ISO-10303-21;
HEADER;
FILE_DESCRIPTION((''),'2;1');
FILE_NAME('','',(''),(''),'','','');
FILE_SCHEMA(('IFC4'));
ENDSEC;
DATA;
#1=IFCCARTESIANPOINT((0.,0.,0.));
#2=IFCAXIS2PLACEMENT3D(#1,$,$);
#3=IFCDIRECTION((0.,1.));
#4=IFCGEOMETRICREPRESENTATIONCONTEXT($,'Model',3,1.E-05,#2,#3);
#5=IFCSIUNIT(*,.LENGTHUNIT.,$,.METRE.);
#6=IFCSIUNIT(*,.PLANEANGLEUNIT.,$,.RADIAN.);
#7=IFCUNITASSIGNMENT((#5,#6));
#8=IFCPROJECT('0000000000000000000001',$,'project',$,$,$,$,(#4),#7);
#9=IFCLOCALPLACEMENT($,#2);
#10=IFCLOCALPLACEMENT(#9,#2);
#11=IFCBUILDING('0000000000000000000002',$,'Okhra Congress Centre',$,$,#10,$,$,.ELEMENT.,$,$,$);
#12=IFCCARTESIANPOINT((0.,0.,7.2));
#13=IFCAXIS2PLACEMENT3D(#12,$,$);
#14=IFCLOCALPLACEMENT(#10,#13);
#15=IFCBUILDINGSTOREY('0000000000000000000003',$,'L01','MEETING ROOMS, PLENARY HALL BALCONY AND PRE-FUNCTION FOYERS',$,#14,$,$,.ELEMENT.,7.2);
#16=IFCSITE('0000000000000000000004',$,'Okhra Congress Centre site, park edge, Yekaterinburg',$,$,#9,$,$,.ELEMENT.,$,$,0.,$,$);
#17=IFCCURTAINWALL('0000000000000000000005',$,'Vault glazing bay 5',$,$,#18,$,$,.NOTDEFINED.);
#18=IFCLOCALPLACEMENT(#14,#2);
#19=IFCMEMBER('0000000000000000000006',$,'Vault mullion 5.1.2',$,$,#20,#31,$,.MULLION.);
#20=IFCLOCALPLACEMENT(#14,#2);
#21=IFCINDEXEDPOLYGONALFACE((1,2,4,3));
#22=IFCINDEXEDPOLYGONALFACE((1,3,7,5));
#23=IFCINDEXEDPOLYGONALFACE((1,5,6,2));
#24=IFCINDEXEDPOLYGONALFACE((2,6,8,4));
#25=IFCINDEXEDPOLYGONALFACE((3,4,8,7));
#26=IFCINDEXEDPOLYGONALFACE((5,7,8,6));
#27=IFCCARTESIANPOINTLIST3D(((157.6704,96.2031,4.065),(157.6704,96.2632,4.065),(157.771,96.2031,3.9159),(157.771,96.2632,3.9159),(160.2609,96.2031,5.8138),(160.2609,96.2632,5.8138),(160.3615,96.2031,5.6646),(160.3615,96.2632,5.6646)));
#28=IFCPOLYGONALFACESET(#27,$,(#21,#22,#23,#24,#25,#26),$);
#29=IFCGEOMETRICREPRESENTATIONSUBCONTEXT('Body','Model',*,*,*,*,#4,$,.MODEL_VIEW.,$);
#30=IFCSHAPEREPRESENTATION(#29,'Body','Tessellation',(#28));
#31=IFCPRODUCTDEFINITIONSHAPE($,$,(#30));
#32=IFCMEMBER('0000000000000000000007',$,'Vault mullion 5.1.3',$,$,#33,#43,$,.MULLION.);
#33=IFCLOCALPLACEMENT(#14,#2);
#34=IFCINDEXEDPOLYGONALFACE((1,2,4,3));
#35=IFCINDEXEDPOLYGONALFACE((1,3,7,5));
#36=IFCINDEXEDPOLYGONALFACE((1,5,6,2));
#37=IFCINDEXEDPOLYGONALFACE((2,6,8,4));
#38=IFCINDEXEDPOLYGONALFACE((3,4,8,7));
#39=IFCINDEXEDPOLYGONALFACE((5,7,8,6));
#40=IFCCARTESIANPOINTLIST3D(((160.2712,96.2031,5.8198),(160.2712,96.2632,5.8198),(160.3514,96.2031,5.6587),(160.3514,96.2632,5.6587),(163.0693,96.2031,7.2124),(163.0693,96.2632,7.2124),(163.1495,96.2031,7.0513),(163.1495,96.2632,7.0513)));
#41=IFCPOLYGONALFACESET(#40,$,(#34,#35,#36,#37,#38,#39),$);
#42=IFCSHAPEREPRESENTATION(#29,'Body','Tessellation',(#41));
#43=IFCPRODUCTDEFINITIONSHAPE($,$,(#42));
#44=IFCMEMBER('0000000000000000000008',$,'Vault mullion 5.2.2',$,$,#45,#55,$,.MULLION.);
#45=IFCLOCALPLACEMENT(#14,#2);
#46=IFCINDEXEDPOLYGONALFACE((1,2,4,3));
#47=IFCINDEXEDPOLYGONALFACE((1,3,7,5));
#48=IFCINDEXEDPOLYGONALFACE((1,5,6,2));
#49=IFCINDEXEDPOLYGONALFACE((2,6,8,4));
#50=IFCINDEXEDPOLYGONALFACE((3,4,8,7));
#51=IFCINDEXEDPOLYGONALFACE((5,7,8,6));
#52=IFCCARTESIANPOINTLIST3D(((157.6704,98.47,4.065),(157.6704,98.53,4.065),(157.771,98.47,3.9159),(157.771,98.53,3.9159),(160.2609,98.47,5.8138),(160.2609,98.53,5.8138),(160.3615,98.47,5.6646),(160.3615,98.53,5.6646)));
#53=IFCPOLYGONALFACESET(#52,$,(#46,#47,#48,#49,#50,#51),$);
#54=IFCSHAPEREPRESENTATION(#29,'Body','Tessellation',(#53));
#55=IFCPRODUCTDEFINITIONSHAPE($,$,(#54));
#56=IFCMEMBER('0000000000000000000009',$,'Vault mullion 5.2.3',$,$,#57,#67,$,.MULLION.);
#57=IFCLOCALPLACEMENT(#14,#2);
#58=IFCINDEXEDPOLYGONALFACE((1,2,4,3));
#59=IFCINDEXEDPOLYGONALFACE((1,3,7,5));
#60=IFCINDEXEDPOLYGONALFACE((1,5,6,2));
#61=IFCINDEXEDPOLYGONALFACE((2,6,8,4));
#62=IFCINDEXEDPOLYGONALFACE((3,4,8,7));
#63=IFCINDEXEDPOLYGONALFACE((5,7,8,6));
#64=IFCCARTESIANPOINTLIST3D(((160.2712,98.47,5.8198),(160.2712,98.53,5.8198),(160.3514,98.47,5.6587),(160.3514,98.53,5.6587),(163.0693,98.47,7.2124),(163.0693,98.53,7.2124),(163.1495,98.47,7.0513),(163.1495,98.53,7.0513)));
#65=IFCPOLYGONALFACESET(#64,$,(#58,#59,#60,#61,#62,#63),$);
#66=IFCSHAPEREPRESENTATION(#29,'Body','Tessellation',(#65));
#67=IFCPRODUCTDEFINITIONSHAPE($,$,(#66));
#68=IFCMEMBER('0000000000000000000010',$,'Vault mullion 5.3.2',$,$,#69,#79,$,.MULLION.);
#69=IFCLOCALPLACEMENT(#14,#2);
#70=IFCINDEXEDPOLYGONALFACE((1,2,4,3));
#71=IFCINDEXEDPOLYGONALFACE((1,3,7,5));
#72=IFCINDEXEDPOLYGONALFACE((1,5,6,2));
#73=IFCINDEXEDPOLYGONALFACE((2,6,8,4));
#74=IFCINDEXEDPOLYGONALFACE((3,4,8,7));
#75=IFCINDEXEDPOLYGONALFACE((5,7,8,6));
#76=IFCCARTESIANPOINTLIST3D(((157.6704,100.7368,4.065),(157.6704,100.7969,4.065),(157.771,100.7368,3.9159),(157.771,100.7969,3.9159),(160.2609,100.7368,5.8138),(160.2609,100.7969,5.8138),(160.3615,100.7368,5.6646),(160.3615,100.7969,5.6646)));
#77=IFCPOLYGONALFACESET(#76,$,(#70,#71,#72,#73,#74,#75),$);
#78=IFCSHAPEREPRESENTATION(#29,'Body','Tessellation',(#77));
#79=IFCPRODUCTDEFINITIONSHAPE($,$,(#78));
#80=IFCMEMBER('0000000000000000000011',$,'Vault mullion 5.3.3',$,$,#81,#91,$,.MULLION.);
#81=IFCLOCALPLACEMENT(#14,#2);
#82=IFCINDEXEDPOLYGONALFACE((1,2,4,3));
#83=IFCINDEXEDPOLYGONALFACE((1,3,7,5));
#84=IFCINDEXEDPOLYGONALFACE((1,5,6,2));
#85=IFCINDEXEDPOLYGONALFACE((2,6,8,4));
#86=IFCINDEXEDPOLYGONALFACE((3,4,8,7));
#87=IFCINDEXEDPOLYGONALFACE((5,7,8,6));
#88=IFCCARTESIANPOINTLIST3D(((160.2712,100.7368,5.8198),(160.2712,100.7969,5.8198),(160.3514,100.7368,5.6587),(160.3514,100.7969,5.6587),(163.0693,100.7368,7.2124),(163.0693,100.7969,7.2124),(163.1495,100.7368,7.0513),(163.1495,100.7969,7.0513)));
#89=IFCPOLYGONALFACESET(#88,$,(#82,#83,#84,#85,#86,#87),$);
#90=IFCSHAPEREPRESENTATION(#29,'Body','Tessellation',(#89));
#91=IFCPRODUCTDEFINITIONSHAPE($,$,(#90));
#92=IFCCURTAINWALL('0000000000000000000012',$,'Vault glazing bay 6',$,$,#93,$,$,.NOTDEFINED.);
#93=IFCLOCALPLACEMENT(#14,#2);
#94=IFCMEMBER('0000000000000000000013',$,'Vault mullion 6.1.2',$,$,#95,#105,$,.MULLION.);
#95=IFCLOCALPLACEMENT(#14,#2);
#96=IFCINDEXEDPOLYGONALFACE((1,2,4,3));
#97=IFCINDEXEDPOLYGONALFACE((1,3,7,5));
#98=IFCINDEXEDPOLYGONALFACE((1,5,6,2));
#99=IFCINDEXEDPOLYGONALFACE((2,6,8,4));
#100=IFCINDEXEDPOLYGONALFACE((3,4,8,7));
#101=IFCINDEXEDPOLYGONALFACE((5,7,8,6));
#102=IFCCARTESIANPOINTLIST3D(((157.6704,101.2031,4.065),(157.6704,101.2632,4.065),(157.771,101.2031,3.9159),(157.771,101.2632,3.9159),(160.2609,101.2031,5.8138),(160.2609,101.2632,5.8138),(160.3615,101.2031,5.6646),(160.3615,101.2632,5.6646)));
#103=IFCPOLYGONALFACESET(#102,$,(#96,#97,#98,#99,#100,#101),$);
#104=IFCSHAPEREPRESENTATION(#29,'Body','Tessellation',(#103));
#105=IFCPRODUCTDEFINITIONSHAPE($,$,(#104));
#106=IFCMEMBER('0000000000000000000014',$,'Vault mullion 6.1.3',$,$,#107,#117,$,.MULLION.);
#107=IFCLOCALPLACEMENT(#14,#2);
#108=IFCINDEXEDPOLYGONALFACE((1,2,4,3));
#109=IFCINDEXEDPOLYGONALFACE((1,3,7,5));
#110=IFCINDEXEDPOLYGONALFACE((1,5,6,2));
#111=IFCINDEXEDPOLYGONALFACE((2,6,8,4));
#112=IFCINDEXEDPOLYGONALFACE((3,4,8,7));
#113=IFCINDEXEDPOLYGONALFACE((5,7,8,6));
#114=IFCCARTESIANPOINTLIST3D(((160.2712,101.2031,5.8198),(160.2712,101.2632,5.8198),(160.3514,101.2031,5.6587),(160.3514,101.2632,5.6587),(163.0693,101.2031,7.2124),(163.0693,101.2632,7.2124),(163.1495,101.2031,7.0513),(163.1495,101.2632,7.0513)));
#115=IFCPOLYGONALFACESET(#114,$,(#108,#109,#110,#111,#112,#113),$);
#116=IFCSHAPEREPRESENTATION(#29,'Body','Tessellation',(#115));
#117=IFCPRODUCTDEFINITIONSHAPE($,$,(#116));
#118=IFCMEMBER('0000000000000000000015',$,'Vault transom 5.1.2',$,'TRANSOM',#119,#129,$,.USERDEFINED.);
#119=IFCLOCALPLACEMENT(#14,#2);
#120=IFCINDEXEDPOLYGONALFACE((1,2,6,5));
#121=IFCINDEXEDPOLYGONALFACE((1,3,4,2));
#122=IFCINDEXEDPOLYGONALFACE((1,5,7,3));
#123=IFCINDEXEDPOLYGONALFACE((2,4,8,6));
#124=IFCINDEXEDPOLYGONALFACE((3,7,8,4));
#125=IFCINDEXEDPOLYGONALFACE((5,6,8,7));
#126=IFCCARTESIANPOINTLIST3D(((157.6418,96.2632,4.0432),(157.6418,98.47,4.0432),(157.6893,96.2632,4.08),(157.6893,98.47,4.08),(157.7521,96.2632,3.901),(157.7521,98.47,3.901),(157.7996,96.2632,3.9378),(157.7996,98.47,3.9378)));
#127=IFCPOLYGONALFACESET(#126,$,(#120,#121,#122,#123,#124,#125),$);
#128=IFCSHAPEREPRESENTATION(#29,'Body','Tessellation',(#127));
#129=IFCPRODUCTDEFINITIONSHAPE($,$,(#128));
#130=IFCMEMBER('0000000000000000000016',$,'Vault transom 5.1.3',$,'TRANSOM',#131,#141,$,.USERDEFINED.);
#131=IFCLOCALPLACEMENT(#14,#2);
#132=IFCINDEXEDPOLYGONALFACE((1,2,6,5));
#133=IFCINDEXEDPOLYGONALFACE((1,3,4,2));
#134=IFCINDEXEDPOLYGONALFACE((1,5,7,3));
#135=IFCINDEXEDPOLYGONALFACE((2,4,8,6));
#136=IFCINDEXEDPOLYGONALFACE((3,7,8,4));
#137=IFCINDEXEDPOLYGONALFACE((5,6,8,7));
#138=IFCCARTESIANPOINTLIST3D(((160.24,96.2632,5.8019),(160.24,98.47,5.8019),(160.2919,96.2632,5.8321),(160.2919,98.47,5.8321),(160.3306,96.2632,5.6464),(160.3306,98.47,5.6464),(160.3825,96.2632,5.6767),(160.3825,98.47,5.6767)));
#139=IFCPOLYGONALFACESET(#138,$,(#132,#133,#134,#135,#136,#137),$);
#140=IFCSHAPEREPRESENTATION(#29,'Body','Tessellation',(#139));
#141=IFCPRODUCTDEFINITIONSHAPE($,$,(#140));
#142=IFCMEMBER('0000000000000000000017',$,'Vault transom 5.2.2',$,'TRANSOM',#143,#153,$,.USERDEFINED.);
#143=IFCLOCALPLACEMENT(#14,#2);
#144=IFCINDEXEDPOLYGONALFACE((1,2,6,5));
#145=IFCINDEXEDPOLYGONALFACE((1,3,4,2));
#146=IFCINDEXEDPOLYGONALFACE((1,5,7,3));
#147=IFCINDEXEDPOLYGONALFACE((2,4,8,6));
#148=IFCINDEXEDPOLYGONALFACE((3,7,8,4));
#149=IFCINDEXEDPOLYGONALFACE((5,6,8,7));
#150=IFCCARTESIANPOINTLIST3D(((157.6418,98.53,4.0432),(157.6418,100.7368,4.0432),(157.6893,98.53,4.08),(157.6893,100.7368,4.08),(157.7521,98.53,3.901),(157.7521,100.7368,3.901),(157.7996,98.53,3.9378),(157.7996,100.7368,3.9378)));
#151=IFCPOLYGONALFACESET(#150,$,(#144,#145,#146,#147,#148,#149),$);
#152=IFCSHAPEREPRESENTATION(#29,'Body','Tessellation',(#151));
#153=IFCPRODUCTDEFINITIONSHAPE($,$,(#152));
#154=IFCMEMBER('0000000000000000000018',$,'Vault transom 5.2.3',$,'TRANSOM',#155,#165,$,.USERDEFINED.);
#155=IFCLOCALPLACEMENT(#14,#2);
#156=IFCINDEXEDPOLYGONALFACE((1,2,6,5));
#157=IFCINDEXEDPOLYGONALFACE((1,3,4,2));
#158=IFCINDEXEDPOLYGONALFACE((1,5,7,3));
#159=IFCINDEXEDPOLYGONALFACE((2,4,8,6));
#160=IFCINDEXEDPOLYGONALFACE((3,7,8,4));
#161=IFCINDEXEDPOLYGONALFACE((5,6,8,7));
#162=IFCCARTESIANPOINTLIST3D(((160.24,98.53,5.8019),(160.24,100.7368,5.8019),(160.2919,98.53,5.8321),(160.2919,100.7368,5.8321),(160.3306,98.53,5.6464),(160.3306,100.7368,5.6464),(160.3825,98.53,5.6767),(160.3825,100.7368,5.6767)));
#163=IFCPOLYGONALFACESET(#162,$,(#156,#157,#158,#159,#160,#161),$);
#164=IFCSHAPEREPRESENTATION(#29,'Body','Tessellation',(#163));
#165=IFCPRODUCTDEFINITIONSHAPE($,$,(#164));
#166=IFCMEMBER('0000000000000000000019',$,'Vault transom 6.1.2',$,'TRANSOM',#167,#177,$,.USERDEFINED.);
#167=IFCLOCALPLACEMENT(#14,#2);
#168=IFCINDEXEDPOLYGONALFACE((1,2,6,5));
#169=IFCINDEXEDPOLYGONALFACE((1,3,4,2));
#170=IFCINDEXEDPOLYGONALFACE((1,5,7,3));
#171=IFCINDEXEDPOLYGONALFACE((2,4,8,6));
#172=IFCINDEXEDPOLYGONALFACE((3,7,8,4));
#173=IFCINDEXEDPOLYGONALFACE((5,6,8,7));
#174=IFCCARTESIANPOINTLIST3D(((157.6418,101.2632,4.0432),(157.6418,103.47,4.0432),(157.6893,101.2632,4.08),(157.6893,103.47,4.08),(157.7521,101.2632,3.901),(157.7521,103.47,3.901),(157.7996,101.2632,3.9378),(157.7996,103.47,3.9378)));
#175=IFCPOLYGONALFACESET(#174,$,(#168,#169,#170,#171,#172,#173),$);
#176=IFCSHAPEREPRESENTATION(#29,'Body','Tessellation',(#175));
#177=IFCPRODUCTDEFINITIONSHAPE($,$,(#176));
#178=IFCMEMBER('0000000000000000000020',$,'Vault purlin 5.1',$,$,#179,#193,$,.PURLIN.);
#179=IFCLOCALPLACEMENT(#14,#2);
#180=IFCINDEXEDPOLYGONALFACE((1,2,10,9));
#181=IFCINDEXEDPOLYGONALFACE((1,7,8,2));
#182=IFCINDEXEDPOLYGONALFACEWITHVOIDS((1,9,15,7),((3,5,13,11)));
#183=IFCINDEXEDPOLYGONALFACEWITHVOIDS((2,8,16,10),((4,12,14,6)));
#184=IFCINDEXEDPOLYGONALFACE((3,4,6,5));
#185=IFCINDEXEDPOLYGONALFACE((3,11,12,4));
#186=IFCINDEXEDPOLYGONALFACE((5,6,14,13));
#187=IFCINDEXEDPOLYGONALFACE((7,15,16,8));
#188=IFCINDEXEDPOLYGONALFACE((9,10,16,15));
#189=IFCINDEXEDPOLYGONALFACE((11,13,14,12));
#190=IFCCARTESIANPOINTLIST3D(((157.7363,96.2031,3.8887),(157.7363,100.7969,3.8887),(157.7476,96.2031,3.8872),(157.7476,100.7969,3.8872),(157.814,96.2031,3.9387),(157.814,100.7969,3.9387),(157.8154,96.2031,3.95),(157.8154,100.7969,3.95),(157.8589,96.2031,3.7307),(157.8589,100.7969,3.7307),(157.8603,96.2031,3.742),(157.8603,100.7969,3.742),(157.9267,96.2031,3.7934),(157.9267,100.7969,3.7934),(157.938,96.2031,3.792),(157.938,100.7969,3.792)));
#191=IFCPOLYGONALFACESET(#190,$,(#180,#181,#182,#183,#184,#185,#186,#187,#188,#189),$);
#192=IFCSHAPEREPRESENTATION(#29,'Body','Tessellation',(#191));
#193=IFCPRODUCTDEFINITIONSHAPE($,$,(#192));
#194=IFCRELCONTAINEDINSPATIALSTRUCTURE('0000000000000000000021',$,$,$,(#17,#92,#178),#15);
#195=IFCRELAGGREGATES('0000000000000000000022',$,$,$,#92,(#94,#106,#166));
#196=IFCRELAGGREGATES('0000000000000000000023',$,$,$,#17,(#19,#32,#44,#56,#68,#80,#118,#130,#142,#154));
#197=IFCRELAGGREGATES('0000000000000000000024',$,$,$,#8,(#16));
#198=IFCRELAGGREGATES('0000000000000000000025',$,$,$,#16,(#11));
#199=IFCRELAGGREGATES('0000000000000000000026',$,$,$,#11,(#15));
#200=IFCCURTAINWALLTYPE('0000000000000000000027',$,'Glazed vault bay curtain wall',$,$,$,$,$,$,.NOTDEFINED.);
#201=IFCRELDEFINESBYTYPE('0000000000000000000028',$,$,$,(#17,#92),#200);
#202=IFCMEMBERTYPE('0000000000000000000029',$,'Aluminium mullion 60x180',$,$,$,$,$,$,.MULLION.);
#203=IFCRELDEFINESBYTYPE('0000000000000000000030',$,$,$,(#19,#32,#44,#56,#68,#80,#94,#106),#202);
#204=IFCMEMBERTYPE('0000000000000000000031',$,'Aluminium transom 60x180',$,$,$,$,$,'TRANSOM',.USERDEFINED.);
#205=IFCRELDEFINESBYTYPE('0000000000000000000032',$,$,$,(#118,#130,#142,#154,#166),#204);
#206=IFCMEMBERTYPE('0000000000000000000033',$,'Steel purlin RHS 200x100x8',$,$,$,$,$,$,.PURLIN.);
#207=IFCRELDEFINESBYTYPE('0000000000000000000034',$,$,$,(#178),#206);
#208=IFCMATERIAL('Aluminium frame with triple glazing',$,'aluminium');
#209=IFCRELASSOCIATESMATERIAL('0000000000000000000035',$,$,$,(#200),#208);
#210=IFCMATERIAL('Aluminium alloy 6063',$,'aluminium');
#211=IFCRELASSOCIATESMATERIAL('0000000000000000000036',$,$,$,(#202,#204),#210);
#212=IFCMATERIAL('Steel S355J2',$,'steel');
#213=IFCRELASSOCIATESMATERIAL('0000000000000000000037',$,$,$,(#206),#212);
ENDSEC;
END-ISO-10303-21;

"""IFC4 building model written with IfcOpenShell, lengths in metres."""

from ifc_helpers import new_model, si_unit, direction, frame, origin, origin_2d, place, context, subcontext, project, spatial, rectangle, hollow_rectangle, extrude, material, material_profile, profile_set, type_object, element, aggregate, save


model = new_model("IFC4")

# Units and contexts
model_context = context("Model", 3, precision=1e-05, world=origin(), true_north=direction((0.0, 1.0)))
body_context = subcontext(model_context, "Body", "Model", "MODEL_VIEW")
ifc_project = project(units=[si_unit("LENGTHUNIT", "METRE"), si_unit("PLANEANGLEUNIT", "RADIAN")], contexts=[model_context])

# Site, building, storey
site_placement = place(None, origin())
site = spatial("IfcSite", under=ifc_project, at=site_placement, Name="Okhra Congress Centre site, park edge, Yekaterinburg", CompositionType="ELEMENT", RefElevation=0.0)
building_placement = place(site_placement, origin())
building = spatial("IfcBuilding", under=site, at=building_placement, Name="Okhra Congress Centre", CompositionType="ELEMENT")
storey_placement = place(building_placement, frame((0.0, 0.0, 7.2)))
storey = spatial("IfcBuildingStorey", under=building, at=storey_placement, Name="L01", Description="MEETING ROOMS, PLENARY HALL BALCONY AND PRE-FUNCTION FOYERS", CompositionType="ELEMENT", Elevation=7.2)

# Curtain walls, members
ifc_material_1 = material(Name="Aluminium frame with triple glazing", Category="aluminium")
curtain_wall_type = type_object("IfcCurtainWallType", Name="Glazed vault bay curtain wall", PredefinedType="NOTDEFINED", material=ifc_material_1)
curtain_wall_1_placement = place(storey_placement, origin())
curtain_wall_1 = element("IfcCurtainWall", 1, at=curtain_wall_1_placement, inside=storey, type_object=curtain_wall_type, Name="Vault glazing bay 5", PredefinedType="NOTDEFINED")
ifc_material_2 = material(Name="Aluminium alloy 6063", Category="aluminium")
ifc_material_profile_1 = material_profile(ifc_material_2, rectangle(XDim=0.0601, YDim=0.1799, at=origin_2d()), Name="AL 60x180")
ifc_profile_set_1 = profile_set([ifc_material_profile_1], Name="Aluminium alloy 6063")
member_type_1 = type_object("IfcMemberType", Name="Aluminium mullion 60x180", PredefinedType="MULLION", material=ifc_profile_set_1)
member_1_placement = place(storey_placement, frame((157.7207, 96.2332, 3.9905), z_axis=(0.828828, 0.0, 0.559504), x_axis=(0.0, 1.0, 0.0)))
member_1 = element("IfcMember", 2, at=member_1_placement, type_object=member_type_1, Name="Vault mullion 5.1.2", PredefinedType="MULLION", context=body_context, shape_type="SweptSolid", body=[
    extrude(rectangle(XDim=0.0601, YDim=0.1799, at=origin_2d()), origin(), (0.0, 0.0, 1.0), 3.1255),
])
member_2_placement = place(storey_placement, frame((160.3113, 96.2332, 5.7393), z_axis=(0.895254, 0.0, 0.445557), x_axis=(0.0, 1.0, 0.0)))
member_2 = element("IfcMember", 3, at=member_2_placement, type_object=member_type_1, Name="Vault mullion 5.1.3", PredefinedType="MULLION", context=body_context, shape_type="SweptSolid", body=[
    extrude(rectangle(XDim=0.0601, YDim=0.1799, at=origin_2d()), origin(), (0.0, 0.0, 1.0), 3.1255),
])
member_3_placement = place(storey_placement, frame((157.7207, 98.5, 3.9905), z_axis=(0.828828, 0.0, 0.559504), x_axis=(0.0, 1.0, 0.0)))
member_3 = element("IfcMember", 4, at=member_3_placement, type_object=member_type_1, Name="Vault mullion 5.2.2", PredefinedType="MULLION", context=body_context, shape_type="SweptSolid", body=[
    extrude(rectangle(XDim=0.0601, YDim=0.1799, at=origin_2d()), origin(), (0.0, 0.0, 1.0), 3.1255),
])
member_4_placement = place(storey_placement, frame((160.3113, 98.5, 5.7393), z_axis=(0.895254, 0.0, 0.445557), x_axis=(0.0, 1.0, 0.0)))
member_4 = element("IfcMember", 5, at=member_4_placement, type_object=member_type_1, Name="Vault mullion 5.2.3", PredefinedType="MULLION", context=body_context, shape_type="SweptSolid", body=[
    extrude(rectangle(XDim=0.0601, YDim=0.1799, at=origin_2d()), origin(), (0.0, 0.0, 1.0), 3.1255),
])
member_5_placement = place(storey_placement, frame((157.7207, 100.7668, 3.9905), z_axis=(0.828828, 0.0, 0.559504), x_axis=(0.0, 1.0, 0.0)))
member_5 = element("IfcMember", 6, at=member_5_placement, type_object=member_type_1, Name="Vault mullion 5.3.2", PredefinedType="MULLION", context=body_context, shape_type="SweptSolid", body=[
    extrude(rectangle(XDim=0.0601, YDim=0.1799, at=origin_2d()), origin(), (0.0, 0.0, 1.0), 3.1255),
])
member_6_placement = place(storey_placement, frame((160.3113, 100.7668, 5.7393), z_axis=(0.895254, 0.0, 0.445557), x_axis=(0.0, 1.0, 0.0)))
member_6 = element("IfcMember", 7, at=member_6_placement, type_object=member_type_1, Name="Vault mullion 5.3.3", PredefinedType="MULLION", context=body_context, shape_type="SweptSolid", body=[
    extrude(rectangle(XDim=0.0601, YDim=0.1799, at=origin_2d()), origin(), (0.0, 0.0, 1.0), 3.1255),
])
curtain_wall_2_placement = place(storey_placement, origin())
curtain_wall_2 = element("IfcCurtainWall", 8, at=curtain_wall_2_placement, inside=storey, type_object=curtain_wall_type, Name="Vault glazing bay 6", PredefinedType="NOTDEFINED")
member_7_placement = place(storey_placement, frame((157.7207, 101.2332, 3.9905), z_axis=(0.828828, 0.0, 0.559504), x_axis=(0.0, 1.0, 0.0)))
member_7 = element("IfcMember", 9, at=member_7_placement, type_object=member_type_1, Name="Vault mullion 6.1.2", PredefinedType="MULLION", context=body_context, shape_type="SweptSolid", body=[
    extrude(rectangle(XDim=0.0601, YDim=0.1799, at=origin_2d()), origin(), (0.0, 0.0, 1.0), 3.1255),
])
member_8_placement = place(storey_placement, frame((160.3113, 101.2332, 5.7393), z_axis=(0.895254, 0.0, 0.445557), x_axis=(0.0, 1.0, 0.0)))
member_8 = element("IfcMember", 10, at=member_8_placement, type_object=member_type_1, Name="Vault mullion 6.1.3", PredefinedType="MULLION", context=body_context, shape_type="SweptSolid", body=[
    extrude(rectangle(XDim=0.0601, YDim=0.1799, at=origin_2d()), origin(), (0.0, 0.0, 1.0), 3.1255),
])

# Members
ifc_material_profile_2 = material_profile(ifc_material_2, rectangle(XDim=0.0601, YDim=0.1799, at=origin_2d()), Name="AL 60x180 transom")
ifc_profile_set_2 = profile_set([ifc_material_profile_2], Name="Aluminium alloy 6063")
member_type_2 = type_object("IfcMemberType", Name="Aluminium transom 60x180", ElementType="TRANSOM", PredefinedType="USERDEFINED", material=ifc_profile_set_2)
member_9_placement = place(storey_placement, frame((157.7207, 96.2632, 3.9905), z_axis=(0.0, 1.0, 0.0), x_axis=(-0.790145, 0.0, -0.61292)))
member_9 = element("IfcMember", 11, at=member_9_placement, type_object=member_type_2, Name="Vault transom 5.1.2", ObjectType="TRANSOM", PredefinedType="USERDEFINED", context=body_context, shape_type="SweptSolid", body=[
    extrude(rectangle(XDim=0.0601, YDim=0.1799, at=origin_2d()), origin(), (0.0, 0.0, 1.0), 2.2068),
])
member_10_placement = place(storey_placement, frame((160.3113, 96.2632, 5.7393), z_axis=(0.0, 1.0, 0.0), x_axis=(-0.863917, 0.0, -0.503634)))
member_10 = element("IfcMember", 12, at=member_10_placement, type_object=member_type_2, Name="Vault transom 5.1.3", ObjectType="TRANSOM", PredefinedType="USERDEFINED", context=body_context, shape_type="SweptSolid", body=[
    extrude(rectangle(XDim=0.0601, YDim=0.1799, at=origin_2d()), origin(), (0.0, 0.0, 1.0), 2.2068),
])
member_11_placement = place(storey_placement, frame((157.7207, 98.53, 3.9905), z_axis=(0.0, 1.0, 0.0), x_axis=(-0.790145, 0.0, -0.61292)))
member_11 = element("IfcMember", 13, at=member_11_placement, type_object=member_type_2, Name="Vault transom 5.2.2", ObjectType="TRANSOM", PredefinedType="USERDEFINED", context=body_context, shape_type="SweptSolid", body=[
    extrude(rectangle(XDim=0.0601, YDim=0.1799, at=origin_2d()), origin(), (0.0, 0.0, 1.0), 2.2068),
])
member_12_placement = place(storey_placement, frame((160.3113, 98.53, 5.7393), z_axis=(0.0, 1.0, 0.0), x_axis=(-0.863917, 0.0, -0.503634)))
member_12 = element("IfcMember", 14, at=member_12_placement, type_object=member_type_2, Name="Vault transom 5.2.3", ObjectType="TRANSOM", PredefinedType="USERDEFINED", context=body_context, shape_type="SweptSolid", body=[
    extrude(rectangle(XDim=0.0601, YDim=0.1799, at=origin_2d()), origin(), (0.0, 0.0, 1.0), 2.2068),
])
member_13_placement = place(storey_placement, frame((157.7207, 101.2632, 3.9905), z_axis=(0.0, 1.0, 0.0), x_axis=(-0.790145, 0.0, -0.61292)))
member_13 = element("IfcMember", 15, at=member_13_placement, type_object=member_type_2, Name="Vault transom 6.1.2", ObjectType="TRANSOM", PredefinedType="USERDEFINED", context=body_context, shape_type="SweptSolid", body=[
    extrude(rectangle(XDim=0.0601, YDim=0.1799, at=origin_2d()), origin(), (0.0, 0.0, 1.0), 2.2068),
])
aggregate(curtain_wall_2, [member_7, member_8, member_13])

# Member
ifc_material_3 = material(Name="Steel S355J2", Category="steel")
ifc_material_profile_3 = material_profile(ifc_material_3, hollow_rectangle(XDim=0.1001, YDim=0.2, WallThickness=0.0081, at=origin_2d()), Name="RHS 200x100x8")
ifc_profile_set_3 = profile_set([ifc_material_profile_3], Name="Steel S355J2")
member_type_3 = type_object("IfcMemberType", Name="Steel purlin RHS 200x100x8", PredefinedType="PURLIN", material=ifc_profile_set_3)
for number, where, z_axis, x_axis, name in (
    (16, (157.8372, 96.2031, 3.8403), (0.0, 1.0, 0.0), (-0.790145, 0.0, -0.61292), "Vault purlin 5.1"),
):
    element("IfcMember", number, at=place(storey_placement, frame(where, z_axis=z_axis, x_axis=x_axis)), inside=storey, type_object=member_type_3, Name=name, PredefinedType="PURLIN", context=body_context, shape_type="SweptSolid", body=[
        extrude(hollow_rectangle(XDim=0.1001, YDim=0.2, WallThickness=0.0081, at=origin_2d()), origin(), (0.0, 0.0, 1.0), 4.5938),
    ])

aggregate(curtain_wall_1, [member_1, member_2, member_3, member_4, member_5, member_6, member_9, member_10, member_11, member_12])

save(model, "model.ifc")
